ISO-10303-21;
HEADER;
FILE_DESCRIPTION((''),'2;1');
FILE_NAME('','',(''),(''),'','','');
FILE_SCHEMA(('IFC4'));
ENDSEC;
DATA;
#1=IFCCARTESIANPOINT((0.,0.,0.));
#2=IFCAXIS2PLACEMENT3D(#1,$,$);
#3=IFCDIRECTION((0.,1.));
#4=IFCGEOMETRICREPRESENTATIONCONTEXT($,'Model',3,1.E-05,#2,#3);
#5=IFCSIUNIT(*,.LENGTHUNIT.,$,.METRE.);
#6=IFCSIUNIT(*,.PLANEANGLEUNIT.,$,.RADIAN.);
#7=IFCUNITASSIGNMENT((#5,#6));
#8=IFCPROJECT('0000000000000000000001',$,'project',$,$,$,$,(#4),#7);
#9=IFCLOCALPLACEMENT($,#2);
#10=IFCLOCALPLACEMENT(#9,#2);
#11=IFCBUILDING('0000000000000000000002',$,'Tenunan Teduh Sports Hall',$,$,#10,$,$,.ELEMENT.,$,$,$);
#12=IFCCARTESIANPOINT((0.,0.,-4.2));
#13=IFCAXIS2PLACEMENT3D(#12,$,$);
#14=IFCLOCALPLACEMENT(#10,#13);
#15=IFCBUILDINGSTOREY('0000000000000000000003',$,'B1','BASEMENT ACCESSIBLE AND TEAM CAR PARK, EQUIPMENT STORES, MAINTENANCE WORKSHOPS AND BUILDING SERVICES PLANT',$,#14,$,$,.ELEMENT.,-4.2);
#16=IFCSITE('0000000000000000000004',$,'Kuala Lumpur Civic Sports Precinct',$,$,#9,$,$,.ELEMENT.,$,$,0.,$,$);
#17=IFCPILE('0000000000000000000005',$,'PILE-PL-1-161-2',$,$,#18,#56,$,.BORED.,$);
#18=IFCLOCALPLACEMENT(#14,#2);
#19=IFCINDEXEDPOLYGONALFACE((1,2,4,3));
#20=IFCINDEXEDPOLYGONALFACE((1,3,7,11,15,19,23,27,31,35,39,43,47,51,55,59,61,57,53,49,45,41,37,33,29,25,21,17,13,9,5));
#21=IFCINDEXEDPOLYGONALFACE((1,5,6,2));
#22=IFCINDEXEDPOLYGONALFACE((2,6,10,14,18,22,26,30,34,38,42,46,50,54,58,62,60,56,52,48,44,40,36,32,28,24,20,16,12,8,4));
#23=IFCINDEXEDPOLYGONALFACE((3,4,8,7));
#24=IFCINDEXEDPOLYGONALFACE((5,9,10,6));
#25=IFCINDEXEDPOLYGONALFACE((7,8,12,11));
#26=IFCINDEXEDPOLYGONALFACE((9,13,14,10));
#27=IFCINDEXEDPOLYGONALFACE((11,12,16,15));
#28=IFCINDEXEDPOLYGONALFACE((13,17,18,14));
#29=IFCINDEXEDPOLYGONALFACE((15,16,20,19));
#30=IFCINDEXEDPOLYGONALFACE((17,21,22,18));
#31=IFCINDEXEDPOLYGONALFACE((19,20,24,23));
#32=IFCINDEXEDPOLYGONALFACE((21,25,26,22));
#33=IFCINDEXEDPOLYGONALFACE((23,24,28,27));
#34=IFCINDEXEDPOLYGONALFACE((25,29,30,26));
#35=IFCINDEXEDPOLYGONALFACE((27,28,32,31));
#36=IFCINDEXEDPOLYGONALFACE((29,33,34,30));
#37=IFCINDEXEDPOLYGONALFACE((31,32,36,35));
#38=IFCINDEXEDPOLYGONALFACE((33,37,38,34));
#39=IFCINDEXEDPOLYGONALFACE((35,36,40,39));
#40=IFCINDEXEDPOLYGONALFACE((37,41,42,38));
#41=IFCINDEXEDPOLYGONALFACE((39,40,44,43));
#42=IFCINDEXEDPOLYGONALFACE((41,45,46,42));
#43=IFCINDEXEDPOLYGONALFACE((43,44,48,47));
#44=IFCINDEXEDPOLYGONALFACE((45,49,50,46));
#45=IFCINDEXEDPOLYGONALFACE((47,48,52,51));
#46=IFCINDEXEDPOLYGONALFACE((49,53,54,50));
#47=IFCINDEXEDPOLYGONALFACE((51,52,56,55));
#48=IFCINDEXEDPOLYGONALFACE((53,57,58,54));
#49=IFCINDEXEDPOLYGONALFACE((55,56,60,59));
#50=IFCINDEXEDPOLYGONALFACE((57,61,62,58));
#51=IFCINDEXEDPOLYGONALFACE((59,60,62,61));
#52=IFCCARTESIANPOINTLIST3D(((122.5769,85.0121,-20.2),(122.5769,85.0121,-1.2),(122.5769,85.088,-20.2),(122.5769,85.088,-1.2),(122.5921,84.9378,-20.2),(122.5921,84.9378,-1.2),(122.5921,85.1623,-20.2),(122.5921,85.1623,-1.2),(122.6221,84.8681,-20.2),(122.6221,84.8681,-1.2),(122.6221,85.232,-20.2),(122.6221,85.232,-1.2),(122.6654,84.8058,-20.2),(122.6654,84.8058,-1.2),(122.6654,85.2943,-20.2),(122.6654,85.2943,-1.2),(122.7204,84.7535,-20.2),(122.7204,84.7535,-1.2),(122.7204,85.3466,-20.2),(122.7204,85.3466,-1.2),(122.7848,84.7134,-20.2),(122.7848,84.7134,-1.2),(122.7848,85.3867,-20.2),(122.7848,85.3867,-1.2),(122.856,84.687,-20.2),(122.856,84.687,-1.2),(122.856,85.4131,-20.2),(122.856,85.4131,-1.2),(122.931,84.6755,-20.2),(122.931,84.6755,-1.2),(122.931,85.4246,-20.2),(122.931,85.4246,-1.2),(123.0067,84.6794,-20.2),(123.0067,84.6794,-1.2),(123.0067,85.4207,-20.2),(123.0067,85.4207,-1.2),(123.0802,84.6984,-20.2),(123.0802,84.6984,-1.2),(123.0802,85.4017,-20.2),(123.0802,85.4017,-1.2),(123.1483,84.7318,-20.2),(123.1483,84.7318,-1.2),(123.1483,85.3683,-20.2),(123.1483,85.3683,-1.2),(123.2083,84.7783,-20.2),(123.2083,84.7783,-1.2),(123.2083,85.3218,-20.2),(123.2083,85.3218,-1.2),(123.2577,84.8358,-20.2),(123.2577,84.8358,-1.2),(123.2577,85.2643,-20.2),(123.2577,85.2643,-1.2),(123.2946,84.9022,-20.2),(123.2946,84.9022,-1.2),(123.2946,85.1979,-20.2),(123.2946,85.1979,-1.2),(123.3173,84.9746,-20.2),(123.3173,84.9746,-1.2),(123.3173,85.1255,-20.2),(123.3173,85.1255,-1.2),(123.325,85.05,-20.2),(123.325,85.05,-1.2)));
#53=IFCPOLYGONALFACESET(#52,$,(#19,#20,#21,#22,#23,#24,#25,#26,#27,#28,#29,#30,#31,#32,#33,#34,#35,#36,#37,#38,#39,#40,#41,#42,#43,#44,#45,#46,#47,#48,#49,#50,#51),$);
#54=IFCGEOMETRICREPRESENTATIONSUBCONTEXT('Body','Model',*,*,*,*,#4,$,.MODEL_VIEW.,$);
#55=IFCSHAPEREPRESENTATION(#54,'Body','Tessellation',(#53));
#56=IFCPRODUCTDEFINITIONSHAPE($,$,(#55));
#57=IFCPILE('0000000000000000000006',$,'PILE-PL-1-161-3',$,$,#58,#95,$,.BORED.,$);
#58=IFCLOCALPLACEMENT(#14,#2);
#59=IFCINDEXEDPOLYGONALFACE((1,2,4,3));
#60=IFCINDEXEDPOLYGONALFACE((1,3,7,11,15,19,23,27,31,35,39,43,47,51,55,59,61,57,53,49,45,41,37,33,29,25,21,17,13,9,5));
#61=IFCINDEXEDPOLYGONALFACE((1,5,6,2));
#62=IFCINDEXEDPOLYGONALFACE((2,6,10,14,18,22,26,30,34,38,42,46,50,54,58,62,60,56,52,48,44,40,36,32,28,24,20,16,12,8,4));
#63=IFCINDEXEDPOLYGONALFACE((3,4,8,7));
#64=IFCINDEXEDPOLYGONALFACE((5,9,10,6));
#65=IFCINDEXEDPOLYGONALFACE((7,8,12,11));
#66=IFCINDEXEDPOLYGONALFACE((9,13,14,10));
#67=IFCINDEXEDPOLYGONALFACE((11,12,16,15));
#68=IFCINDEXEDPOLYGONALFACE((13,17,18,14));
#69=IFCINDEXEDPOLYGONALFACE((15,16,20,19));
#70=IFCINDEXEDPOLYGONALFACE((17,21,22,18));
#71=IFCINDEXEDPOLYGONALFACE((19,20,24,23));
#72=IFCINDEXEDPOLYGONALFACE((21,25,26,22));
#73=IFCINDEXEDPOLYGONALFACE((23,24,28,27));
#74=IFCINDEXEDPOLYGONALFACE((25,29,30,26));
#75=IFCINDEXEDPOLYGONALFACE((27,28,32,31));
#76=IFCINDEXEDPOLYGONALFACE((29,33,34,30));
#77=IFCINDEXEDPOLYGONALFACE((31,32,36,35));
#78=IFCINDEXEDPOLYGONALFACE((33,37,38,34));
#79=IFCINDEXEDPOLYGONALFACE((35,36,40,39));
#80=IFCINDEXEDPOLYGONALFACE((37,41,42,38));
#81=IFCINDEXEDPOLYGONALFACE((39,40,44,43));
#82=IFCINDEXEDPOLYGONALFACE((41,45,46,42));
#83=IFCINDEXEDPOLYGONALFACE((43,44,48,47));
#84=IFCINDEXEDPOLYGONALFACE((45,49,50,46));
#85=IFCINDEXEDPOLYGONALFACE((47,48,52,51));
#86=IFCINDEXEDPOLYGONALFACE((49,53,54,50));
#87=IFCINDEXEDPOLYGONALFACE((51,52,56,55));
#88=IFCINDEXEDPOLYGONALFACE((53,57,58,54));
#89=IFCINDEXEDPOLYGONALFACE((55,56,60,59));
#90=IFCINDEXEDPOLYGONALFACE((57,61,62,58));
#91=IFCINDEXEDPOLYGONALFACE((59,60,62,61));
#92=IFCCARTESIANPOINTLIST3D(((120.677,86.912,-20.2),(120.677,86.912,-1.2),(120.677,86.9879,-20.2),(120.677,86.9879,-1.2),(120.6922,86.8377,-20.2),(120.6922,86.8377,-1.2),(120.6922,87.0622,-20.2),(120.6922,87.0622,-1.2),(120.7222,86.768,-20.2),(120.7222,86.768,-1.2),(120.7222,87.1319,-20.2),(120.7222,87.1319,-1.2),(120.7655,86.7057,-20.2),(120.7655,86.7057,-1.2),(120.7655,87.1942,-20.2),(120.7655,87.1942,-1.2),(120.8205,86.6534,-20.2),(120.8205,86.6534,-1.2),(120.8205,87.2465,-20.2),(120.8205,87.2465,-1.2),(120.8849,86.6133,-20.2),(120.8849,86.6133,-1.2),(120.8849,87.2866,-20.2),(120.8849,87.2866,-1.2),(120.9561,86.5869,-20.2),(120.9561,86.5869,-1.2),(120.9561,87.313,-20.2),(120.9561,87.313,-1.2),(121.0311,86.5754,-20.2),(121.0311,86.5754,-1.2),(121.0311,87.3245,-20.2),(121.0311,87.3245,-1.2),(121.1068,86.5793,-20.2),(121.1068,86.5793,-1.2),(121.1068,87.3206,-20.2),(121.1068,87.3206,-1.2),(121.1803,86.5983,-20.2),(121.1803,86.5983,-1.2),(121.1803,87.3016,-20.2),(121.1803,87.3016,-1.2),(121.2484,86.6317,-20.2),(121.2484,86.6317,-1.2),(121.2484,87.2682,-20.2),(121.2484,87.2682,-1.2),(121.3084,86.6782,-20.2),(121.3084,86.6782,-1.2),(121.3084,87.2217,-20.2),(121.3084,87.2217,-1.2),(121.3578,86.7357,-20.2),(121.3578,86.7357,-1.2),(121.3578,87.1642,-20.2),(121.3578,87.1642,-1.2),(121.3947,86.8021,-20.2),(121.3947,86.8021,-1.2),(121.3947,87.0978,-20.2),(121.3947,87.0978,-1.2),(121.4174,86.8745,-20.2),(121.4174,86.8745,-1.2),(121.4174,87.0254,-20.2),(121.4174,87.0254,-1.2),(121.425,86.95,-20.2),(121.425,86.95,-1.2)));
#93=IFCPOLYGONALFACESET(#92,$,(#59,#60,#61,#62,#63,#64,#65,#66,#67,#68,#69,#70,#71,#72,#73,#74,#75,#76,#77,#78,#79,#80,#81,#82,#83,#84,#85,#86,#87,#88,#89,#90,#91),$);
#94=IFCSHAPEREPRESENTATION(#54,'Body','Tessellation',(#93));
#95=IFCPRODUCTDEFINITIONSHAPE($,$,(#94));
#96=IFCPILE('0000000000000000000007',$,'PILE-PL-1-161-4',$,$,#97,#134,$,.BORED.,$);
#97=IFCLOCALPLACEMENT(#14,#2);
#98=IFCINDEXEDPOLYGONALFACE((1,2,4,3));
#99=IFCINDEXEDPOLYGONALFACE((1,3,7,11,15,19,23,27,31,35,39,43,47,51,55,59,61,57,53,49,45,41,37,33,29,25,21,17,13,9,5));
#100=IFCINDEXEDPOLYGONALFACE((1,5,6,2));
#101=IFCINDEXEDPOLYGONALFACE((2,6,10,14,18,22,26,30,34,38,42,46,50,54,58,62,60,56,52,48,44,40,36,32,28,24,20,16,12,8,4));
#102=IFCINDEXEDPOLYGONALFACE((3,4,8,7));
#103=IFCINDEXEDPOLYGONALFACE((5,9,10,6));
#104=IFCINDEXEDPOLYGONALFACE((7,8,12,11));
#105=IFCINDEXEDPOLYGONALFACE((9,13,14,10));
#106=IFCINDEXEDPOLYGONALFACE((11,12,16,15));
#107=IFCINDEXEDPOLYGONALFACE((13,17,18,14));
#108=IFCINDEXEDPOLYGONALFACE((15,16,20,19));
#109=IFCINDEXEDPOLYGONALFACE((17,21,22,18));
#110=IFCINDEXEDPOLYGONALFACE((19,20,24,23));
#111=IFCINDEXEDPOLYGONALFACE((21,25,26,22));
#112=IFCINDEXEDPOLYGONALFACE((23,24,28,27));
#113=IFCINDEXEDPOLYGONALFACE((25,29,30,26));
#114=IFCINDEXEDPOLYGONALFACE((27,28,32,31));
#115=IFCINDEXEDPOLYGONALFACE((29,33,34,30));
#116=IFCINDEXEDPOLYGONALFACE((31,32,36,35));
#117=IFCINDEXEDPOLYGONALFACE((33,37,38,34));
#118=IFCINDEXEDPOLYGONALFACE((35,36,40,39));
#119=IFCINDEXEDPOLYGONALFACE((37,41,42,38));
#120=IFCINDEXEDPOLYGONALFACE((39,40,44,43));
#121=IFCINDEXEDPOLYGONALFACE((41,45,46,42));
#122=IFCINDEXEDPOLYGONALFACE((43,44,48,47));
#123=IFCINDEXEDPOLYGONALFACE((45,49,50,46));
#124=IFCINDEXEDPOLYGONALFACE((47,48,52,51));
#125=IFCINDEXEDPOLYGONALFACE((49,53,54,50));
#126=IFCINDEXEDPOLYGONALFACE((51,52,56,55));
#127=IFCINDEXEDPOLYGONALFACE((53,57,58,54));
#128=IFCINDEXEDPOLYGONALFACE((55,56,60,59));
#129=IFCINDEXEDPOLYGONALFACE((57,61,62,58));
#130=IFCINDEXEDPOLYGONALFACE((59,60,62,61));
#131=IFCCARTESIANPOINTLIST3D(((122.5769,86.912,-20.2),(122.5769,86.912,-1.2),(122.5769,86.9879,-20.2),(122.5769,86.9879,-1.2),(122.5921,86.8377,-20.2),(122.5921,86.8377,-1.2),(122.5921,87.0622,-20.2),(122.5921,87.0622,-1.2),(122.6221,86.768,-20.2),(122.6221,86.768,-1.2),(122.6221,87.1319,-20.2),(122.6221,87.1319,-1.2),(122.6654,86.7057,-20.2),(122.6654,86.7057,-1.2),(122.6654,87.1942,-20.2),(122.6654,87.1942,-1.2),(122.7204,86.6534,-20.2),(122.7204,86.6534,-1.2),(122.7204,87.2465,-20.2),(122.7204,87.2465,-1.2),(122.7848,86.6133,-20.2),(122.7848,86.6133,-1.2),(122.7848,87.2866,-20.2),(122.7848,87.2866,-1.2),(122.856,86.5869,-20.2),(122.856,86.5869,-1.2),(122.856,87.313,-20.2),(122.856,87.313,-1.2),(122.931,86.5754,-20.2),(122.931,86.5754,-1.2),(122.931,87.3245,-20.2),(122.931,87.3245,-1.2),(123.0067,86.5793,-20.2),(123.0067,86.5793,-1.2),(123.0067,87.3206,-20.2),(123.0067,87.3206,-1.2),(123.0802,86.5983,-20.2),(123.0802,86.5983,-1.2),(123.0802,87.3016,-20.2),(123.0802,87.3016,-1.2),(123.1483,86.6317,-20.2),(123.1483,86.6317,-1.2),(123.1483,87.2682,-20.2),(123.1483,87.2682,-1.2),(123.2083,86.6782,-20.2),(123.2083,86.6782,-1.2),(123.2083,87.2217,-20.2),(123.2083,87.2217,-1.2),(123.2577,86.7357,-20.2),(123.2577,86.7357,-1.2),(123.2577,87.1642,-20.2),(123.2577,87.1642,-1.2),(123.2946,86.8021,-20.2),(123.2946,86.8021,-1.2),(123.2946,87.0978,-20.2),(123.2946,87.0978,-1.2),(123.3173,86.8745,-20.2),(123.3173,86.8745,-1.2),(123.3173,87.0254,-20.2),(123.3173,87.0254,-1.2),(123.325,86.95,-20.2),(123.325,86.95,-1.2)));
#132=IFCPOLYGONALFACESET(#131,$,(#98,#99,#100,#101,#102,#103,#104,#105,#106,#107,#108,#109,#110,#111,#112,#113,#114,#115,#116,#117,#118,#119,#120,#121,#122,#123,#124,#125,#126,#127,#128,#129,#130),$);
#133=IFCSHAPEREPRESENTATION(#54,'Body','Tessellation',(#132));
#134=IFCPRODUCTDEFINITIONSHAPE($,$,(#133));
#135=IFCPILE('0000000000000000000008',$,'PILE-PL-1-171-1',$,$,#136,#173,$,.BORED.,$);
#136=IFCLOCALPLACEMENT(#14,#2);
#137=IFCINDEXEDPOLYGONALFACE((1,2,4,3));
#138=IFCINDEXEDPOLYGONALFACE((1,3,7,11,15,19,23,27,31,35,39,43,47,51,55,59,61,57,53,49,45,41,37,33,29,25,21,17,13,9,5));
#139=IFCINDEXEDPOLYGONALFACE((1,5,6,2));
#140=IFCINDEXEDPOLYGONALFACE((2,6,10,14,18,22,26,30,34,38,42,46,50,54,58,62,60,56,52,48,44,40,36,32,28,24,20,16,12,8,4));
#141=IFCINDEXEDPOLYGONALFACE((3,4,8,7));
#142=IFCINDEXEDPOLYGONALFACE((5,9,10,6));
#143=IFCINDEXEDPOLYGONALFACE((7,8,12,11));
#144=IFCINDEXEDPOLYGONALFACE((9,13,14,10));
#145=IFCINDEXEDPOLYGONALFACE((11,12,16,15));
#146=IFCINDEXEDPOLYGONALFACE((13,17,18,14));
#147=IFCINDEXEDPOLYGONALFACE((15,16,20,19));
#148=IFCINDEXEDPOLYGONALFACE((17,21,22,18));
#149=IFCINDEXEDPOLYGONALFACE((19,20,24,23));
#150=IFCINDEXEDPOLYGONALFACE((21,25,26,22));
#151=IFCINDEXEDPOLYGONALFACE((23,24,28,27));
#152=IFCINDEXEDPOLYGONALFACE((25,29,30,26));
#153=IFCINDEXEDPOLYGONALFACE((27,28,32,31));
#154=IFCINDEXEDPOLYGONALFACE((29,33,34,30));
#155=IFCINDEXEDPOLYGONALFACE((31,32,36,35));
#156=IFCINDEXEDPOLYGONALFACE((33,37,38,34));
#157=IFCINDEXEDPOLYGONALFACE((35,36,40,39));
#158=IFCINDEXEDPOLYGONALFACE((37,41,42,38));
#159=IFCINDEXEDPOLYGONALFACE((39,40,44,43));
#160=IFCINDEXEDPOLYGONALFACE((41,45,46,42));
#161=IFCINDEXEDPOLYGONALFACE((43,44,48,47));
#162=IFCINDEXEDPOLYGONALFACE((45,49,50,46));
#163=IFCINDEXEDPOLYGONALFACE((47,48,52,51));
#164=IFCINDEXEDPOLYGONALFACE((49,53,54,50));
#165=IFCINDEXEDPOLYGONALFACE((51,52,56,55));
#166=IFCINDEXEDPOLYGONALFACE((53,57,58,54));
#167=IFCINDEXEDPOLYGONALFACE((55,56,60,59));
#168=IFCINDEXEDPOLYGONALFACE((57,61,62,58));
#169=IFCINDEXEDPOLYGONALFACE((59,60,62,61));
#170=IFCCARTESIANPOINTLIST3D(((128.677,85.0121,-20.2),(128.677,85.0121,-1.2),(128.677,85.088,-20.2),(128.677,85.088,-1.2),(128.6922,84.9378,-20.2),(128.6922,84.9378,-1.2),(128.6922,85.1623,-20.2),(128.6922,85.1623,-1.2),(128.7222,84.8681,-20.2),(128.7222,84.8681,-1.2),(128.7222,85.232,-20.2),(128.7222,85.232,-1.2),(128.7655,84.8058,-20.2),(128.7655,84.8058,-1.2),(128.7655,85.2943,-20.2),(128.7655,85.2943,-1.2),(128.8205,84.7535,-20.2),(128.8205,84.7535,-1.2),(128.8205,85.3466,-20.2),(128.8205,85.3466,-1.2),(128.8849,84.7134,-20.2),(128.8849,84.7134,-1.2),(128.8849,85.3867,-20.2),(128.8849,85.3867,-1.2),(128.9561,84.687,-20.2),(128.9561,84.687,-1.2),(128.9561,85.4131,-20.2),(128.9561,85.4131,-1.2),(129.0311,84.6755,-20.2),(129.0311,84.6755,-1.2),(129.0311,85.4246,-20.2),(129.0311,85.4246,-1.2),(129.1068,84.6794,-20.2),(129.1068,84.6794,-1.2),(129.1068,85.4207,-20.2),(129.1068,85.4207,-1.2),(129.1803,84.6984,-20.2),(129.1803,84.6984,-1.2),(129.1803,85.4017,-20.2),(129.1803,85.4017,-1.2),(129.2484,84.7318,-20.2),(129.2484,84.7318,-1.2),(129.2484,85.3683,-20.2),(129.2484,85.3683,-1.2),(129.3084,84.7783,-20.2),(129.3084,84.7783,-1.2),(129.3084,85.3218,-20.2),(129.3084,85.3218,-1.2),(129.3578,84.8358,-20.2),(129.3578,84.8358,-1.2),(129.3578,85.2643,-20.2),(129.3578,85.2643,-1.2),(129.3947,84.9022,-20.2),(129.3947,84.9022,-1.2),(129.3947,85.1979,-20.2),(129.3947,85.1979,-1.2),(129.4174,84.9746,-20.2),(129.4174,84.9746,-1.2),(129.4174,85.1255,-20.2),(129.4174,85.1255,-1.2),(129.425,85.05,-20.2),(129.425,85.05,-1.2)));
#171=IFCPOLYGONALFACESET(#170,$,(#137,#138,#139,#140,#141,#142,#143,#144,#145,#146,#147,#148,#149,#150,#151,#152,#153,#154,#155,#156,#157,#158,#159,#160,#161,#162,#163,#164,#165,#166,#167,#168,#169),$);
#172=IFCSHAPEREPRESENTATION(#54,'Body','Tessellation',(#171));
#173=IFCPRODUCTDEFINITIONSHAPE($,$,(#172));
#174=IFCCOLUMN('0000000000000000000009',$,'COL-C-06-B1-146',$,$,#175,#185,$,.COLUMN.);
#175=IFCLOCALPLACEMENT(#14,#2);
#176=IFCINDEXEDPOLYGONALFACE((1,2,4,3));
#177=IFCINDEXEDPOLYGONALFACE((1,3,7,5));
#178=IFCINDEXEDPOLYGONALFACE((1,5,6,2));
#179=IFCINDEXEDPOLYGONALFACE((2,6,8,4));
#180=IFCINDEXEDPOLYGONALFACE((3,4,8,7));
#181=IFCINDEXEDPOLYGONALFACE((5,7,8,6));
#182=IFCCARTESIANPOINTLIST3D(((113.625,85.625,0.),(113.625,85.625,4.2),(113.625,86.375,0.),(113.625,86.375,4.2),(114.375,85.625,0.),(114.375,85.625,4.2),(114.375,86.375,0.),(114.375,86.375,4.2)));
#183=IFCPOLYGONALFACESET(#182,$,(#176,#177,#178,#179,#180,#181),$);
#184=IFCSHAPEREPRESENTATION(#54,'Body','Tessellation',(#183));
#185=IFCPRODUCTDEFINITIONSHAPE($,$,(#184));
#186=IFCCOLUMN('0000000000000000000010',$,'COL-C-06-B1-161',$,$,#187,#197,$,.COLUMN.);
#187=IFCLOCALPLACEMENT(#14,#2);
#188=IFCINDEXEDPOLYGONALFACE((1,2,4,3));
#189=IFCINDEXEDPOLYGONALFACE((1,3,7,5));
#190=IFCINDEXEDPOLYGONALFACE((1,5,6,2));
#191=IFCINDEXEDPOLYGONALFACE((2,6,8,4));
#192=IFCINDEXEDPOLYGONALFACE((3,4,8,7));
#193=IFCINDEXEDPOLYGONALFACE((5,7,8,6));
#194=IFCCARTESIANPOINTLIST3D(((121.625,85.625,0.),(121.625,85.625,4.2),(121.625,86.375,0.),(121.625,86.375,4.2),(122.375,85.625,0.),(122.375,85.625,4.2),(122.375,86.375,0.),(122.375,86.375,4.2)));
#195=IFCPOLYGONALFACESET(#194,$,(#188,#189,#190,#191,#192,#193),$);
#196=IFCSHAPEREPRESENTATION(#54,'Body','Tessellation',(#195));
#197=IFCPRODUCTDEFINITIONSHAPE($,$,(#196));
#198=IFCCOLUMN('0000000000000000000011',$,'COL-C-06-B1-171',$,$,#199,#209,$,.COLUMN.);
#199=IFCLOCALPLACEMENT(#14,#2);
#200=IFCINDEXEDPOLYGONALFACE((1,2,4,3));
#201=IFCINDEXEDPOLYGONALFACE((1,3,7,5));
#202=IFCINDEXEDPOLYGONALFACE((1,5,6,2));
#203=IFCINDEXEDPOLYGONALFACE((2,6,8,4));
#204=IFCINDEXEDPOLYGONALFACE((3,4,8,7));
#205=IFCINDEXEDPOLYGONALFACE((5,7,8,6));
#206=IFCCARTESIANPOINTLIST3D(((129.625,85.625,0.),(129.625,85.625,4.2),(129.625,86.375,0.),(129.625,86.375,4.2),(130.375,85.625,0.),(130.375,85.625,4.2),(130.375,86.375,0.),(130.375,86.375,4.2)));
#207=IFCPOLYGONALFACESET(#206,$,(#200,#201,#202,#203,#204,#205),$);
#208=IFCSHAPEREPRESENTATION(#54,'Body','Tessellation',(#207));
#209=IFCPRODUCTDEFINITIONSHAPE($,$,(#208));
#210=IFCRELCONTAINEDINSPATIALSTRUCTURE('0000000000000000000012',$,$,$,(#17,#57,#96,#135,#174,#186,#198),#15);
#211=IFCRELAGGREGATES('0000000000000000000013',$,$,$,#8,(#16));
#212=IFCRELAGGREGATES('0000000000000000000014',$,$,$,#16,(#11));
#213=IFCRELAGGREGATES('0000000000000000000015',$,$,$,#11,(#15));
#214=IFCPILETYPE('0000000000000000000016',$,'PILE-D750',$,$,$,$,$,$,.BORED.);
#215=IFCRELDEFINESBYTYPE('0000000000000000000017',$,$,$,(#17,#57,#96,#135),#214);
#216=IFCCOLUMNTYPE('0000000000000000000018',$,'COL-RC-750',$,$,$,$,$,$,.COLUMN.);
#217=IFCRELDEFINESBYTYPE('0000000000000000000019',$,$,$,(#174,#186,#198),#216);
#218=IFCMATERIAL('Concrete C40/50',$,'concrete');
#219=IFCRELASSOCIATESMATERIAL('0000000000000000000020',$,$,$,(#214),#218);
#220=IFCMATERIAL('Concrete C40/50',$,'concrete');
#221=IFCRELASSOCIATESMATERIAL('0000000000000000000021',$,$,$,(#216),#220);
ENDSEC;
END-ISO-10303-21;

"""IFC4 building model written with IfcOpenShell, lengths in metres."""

from ifc_helpers import new_model, si_unit, direction, frame, origin, origin_2d, place, context, subcontext, project, spatial, rectangle, circle, extrude, material, material_profile, profile_set, type_object, element, save


model = new_model("IFC4")

# Units and contexts
model_context = context("Model", 3, precision=1e-05, world=origin(), true_north=direction((0.0, 1.0)))
body_context = subcontext(model_context, "Body", "Model", "MODEL_VIEW")
ifc_project = project(units=[si_unit("LENGTHUNIT", "METRE"), si_unit("PLANEANGLEUNIT", "RADIAN")], contexts=[model_context])

# Site, building, storey
site_placement = place(None, origin())
site = spatial("IfcSite", under=ifc_project, at=site_placement, Name="Kuala Lumpur Civic Sports Precinct", CompositionType="ELEMENT", RefElevation=0.0)
building_placement = place(site_placement, origin())
building = spatial("IfcBuilding", under=site, at=building_placement, Name="Tenunan Teduh Sports Hall", CompositionType="ELEMENT")
storey_placement = place(building_placement, frame((0.0, 0.0, -4.2)))
storey = spatial("IfcBuildingStorey", under=building, at=storey_placement, Name="B1", Description="BASEMENT ACCESSIBLE AND TEAM CAR PARK, EQUIPMENT STORES, MAINTENANCE WORKSHOPS AND BUILDING SERVICES PLANT", CompositionType="ELEMENT", Elevation=-4.2)

# Piles
ifc_material_1 = material(Name="Concrete C40/50", Category="concrete")
ifc_material_profile_1 = material_profile(ifc_material_1, circle(Radius=0.375, at=origin_2d()), Name="PILE D750")
ifc_profile_set_1 = profile_set([ifc_material_profile_1], Name="Concrete C40/50")
pile_type_1 = type_object("IfcPileType", Name="PILE-D750", PredefinedType="BORED", material=ifc_profile_set_1)
for number, where, z_axis, x_axis, name in (
    (1, (122.95, 85.05, -1.2), (0.0, 0.0, -1.0), (1.0, 0.0, 0.0), "PILE-PL-1-161-2"),
    (2, (121.05, 86.95, -1.2), (0.0, 0.0, -1.0), (1.0, 0.0, 0.0), "PILE-PL-1-161-3"),
    (3, (122.95, 86.95, -1.2), (0.0, 0.0, -1.0), (1.0, 0.0, 0.0), "PILE-PL-1-161-4"),
    (4, (129.05, 85.05, -1.2), (0.0, 0.0, -1.0), (1.0, 0.0, 0.0), "PILE-PL-1-171-1"),
):
    element("IfcPile", number, at=place(storey_placement, frame(where, z_axis=z_axis, x_axis=x_axis)), inside=storey, type_object=pile_type_1, Name=name, PredefinedType="BORED", context=body_context, shape_type="SweptSolid", body=[
        extrude(circle(Radius=0.375, at=origin_2d()), origin(), (0.0, 0.0, 1.0), 19.0),
    ])

# Columns
ifc_material_2 = material(Name="Concrete C40/50", Category="concrete")
ifc_material_profile_2 = material_profile(ifc_material_2, rectangle(XDim=0.75, YDim=0.75, at=origin_2d()), Name="RC 750x750")
ifc_profile_set_2 = profile_set([ifc_material_profile_2], Name="Concrete C40/50")
column_type_1 = type_object("IfcColumnType", Name="COL-RC-750", PredefinedType="COLUMN", material=ifc_profile_set_2)
for number, where, z_axis, x_axis, name in (
    (5, (114.0, 86.0, 0.0), (0.0, 0.0, 1.0), (1.0, 0.0, 0.0), "COL-C-06-B1-146"),
    (6, (122.0, 86.0, 0.0), (0.0, 0.0, 1.0), (1.0, 0.0, 0.0), "COL-C-06-B1-161"),
    (7, (130.0, 86.0, 0.0), (0.0, 0.0, 1.0), (1.0, 0.0, 0.0), "COL-C-06-B1-171"),
):
    element("IfcColumn", number, at=place(storey_placement, frame(where, z_axis=z_axis, x_axis=x_axis)), inside=storey, type_object=column_type_1, Name=name, PredefinedType="COLUMN", context=body_context, shape_type="SweptSolid", body=[
        extrude(rectangle(XDim=0.75, YDim=0.75, at=origin_2d()), origin(), (0.0, 0.0, 1.0), 4.2),
    ])

save(model, "model.ifc")
